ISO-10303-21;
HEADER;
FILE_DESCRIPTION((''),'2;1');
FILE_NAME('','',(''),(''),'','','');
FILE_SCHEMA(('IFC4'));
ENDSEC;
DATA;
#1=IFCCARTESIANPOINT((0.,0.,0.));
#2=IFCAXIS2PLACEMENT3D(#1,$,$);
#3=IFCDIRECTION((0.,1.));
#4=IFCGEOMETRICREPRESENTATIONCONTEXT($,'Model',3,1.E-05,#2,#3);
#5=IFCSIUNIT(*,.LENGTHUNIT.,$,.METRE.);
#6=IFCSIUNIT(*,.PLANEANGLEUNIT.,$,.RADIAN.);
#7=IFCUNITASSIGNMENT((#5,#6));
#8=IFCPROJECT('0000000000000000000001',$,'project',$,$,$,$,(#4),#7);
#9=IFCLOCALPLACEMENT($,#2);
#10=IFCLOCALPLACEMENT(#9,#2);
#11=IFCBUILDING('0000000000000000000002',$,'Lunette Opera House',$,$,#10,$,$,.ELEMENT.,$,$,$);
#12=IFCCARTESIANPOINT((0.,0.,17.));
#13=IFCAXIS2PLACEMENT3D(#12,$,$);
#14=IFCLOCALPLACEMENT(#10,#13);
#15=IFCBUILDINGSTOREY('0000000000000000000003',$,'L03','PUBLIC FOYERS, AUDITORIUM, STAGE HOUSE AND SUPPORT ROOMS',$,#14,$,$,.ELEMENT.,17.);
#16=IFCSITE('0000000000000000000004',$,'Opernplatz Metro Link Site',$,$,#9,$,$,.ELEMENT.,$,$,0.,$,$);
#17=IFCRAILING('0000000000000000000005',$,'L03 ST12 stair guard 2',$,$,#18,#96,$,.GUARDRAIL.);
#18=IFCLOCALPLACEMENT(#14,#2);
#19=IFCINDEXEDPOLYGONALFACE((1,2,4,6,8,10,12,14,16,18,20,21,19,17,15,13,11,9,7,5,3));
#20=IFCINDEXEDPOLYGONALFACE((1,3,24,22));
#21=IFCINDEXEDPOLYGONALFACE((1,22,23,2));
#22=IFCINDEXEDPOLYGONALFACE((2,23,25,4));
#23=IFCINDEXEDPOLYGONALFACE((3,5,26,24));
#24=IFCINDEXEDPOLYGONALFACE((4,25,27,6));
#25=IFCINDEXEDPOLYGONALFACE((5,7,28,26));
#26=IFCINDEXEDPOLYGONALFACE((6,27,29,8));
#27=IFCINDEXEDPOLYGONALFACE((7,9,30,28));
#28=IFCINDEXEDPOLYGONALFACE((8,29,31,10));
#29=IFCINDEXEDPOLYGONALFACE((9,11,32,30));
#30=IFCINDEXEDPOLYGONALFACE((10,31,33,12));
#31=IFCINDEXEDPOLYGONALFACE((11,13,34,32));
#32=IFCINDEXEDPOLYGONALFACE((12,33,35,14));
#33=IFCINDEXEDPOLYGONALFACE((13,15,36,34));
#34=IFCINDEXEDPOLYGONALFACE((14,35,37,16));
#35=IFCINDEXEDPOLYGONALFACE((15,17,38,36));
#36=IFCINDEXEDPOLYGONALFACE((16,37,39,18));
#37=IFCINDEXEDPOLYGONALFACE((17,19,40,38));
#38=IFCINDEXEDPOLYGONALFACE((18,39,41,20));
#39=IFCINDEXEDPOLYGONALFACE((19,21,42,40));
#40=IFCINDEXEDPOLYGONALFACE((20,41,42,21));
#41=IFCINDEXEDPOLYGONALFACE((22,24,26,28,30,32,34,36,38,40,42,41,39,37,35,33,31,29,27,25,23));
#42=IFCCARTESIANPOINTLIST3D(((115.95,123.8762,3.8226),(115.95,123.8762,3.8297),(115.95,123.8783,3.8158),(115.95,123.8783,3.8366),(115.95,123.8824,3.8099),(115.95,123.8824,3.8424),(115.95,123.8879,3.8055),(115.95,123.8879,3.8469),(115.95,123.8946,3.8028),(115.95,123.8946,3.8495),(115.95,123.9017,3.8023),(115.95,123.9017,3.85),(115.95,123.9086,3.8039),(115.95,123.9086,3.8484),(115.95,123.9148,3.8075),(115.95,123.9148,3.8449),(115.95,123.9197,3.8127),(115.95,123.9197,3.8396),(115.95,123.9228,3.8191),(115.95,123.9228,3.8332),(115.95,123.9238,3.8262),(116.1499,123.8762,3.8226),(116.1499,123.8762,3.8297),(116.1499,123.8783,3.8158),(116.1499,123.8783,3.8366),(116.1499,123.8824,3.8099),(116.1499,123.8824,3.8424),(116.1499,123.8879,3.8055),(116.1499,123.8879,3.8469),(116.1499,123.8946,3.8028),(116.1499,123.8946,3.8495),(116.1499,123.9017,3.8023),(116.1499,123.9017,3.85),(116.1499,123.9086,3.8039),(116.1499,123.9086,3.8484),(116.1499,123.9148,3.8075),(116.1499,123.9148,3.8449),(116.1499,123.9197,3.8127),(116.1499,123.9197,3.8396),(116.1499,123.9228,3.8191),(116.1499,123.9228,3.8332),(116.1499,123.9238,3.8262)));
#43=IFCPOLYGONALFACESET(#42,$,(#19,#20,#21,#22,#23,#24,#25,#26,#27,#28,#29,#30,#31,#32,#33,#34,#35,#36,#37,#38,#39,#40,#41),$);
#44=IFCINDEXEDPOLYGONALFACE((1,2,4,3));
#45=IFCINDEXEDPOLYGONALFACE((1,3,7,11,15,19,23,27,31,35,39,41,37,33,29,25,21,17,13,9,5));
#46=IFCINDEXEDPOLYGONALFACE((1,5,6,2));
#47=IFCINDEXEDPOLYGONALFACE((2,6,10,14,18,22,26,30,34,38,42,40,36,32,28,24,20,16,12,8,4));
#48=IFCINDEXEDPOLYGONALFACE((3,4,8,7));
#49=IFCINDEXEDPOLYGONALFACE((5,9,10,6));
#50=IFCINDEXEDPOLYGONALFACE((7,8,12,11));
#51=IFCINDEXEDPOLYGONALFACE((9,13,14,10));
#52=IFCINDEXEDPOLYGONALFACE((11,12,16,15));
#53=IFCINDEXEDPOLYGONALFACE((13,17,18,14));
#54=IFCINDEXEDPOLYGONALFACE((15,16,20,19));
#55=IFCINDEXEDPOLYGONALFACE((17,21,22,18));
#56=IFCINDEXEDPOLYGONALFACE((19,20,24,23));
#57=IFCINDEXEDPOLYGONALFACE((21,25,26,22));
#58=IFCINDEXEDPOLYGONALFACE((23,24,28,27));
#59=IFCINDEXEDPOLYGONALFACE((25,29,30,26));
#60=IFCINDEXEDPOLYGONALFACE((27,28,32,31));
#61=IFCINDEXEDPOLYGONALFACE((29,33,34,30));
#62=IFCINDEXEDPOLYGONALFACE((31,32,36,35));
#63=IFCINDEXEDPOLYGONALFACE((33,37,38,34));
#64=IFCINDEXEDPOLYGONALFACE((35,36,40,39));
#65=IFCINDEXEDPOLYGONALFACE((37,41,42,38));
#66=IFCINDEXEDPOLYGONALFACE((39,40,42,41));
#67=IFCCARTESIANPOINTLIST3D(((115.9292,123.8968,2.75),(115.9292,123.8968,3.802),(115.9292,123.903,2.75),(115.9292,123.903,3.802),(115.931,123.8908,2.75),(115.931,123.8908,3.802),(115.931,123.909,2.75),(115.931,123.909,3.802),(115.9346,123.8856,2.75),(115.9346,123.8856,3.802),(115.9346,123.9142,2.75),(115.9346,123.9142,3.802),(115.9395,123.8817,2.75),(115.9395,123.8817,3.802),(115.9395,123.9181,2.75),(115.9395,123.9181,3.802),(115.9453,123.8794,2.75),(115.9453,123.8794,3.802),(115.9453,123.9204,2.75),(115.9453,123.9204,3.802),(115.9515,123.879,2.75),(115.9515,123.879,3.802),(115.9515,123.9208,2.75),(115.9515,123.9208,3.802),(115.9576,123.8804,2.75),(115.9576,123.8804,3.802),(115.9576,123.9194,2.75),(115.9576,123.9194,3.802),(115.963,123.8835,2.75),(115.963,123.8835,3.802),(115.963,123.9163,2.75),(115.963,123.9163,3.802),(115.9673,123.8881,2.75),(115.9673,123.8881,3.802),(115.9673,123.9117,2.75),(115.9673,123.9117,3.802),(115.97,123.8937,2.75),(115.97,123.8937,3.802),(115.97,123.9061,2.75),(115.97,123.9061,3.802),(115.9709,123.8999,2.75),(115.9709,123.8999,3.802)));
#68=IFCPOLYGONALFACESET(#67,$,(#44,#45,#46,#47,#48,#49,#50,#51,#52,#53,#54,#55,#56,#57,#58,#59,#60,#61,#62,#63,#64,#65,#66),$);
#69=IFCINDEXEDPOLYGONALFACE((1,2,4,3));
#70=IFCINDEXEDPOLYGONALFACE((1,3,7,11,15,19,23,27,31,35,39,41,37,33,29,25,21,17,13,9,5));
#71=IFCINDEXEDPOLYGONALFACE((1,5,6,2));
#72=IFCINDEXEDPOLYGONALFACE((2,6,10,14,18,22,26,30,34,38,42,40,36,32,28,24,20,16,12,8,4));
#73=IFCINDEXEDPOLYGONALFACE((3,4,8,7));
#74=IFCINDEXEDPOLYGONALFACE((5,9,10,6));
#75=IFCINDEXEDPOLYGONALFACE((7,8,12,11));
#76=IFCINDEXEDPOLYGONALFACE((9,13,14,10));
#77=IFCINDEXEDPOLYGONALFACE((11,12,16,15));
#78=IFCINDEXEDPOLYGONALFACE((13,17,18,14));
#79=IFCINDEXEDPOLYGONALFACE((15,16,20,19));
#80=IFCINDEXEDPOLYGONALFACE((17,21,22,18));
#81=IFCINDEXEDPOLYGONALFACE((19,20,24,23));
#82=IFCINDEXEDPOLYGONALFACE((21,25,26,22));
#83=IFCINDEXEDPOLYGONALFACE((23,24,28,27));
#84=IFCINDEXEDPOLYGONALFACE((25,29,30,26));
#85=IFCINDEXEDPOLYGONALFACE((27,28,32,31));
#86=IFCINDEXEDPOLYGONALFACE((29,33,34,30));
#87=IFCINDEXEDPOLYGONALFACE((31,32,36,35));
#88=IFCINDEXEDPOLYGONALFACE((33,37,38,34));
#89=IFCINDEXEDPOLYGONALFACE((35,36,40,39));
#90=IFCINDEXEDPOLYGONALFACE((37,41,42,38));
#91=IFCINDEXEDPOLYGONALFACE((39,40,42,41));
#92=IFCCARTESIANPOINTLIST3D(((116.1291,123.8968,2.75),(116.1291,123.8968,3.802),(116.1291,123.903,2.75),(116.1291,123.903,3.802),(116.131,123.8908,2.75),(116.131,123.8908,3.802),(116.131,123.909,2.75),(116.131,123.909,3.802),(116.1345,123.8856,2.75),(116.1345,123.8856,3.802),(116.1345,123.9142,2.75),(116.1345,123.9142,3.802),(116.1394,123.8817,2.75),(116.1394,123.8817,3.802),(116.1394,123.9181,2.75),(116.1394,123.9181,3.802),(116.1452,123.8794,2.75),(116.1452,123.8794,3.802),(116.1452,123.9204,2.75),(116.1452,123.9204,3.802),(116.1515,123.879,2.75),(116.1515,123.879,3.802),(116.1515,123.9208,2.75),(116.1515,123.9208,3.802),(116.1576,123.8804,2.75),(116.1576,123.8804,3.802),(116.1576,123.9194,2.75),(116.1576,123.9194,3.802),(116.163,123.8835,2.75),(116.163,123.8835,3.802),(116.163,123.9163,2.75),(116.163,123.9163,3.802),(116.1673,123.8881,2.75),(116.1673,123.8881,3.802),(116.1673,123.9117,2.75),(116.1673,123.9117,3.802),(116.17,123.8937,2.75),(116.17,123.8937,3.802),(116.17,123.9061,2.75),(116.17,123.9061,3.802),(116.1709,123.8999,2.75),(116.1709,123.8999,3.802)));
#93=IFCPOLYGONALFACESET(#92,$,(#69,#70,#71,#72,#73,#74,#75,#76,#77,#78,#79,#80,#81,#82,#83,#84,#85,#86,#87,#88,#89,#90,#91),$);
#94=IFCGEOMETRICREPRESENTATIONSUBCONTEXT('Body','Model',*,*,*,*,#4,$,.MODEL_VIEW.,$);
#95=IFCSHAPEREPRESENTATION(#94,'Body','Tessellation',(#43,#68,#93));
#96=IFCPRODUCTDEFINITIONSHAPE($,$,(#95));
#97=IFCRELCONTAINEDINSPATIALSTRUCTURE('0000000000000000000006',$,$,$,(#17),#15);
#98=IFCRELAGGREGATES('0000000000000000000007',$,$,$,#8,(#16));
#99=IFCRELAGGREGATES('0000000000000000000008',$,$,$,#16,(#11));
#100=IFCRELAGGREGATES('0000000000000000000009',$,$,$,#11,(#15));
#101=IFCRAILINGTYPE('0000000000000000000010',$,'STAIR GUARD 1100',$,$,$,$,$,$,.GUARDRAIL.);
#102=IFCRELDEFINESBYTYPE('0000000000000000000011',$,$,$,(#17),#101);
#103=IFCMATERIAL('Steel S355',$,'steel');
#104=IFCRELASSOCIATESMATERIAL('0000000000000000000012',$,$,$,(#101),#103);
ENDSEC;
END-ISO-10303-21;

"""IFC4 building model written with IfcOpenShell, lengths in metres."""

from ifc_helpers import new_model, si_unit, direction, frame, origin, origin_2d, place, context, subcontext, project, spatial, circle, extrude, material, type_object, element, save


model = new_model("IFC4")

# Units and contexts
model_context = context("Model", 3, precision=1e-05, world=origin(), true_north=direction((0.0, 1.0)))
body_context = subcontext(model_context, "Body", "Model", "MODEL_VIEW")
ifc_project = project(units=[si_unit("LENGTHUNIT", "METRE"), si_unit("PLANEANGLEUNIT", "RADIAN")], contexts=[model_context])

# Site, building, storey
site_placement = place(None, origin())
site = spatial("IfcSite", under=ifc_project, at=site_placement, Name="Opernplatz Metro Link Site", CompositionType="ELEMENT", RefElevation=0.0)
building_placement = place(site_placement, origin())
building = spatial("IfcBuilding", under=site, at=building_placement, Name="Lunette Opera House", CompositionType="ELEMENT")
storey_placement = place(building_placement, frame((0.0, 0.0, 17.0)))
storey = spatial("IfcBuildingStorey", under=building, at=storey_placement, Name="L03", Description="PUBLIC FOYERS, AUDITORIUM, STAGE HOUSE AND SUPPORT ROOMS", CompositionType="ELEMENT", Elevation=17.0)

# Railing
ifc_material_1 = material(Name="Steel S355", Category="steel")
railing_type_1 = type_object("IfcRailingType", Name="STAIR GUARD 1100", PredefinedType="GUARDRAIL", material=ifc_material_1)
railing_1_placement = place(storey_placement, frame((115.95, 123.8999, 2.75)))
element("IfcRailing", 1, at=railing_1_placement, inside=storey, type_object=railing_type_1, Name="L03 ST12 stair guard 2", PredefinedType="GUARDRAIL", context=body_context, shape_type="SweptSolid", body=[
    extrude(circle(Radius=0.0239, at=origin_2d()), frame((0.0, 0.0, 1.0762), z_axis=(1.0, 0.0, 0.0), x_axis=(0.0, 1.0, 0.0)), (0.0, 0.0, 1.0), 0.2),
    extrude(circle(Radius=0.021, at=origin_2d()), origin(), (0.0, 0.0, 1.0), 1.052),
    extrude(circle(Radius=0.021, at=origin_2d()), frame((0.2, 0.0, 0.0)), (0.0, 0.0, 1.0), 1.052),
])

save(model, "model.ifc")
